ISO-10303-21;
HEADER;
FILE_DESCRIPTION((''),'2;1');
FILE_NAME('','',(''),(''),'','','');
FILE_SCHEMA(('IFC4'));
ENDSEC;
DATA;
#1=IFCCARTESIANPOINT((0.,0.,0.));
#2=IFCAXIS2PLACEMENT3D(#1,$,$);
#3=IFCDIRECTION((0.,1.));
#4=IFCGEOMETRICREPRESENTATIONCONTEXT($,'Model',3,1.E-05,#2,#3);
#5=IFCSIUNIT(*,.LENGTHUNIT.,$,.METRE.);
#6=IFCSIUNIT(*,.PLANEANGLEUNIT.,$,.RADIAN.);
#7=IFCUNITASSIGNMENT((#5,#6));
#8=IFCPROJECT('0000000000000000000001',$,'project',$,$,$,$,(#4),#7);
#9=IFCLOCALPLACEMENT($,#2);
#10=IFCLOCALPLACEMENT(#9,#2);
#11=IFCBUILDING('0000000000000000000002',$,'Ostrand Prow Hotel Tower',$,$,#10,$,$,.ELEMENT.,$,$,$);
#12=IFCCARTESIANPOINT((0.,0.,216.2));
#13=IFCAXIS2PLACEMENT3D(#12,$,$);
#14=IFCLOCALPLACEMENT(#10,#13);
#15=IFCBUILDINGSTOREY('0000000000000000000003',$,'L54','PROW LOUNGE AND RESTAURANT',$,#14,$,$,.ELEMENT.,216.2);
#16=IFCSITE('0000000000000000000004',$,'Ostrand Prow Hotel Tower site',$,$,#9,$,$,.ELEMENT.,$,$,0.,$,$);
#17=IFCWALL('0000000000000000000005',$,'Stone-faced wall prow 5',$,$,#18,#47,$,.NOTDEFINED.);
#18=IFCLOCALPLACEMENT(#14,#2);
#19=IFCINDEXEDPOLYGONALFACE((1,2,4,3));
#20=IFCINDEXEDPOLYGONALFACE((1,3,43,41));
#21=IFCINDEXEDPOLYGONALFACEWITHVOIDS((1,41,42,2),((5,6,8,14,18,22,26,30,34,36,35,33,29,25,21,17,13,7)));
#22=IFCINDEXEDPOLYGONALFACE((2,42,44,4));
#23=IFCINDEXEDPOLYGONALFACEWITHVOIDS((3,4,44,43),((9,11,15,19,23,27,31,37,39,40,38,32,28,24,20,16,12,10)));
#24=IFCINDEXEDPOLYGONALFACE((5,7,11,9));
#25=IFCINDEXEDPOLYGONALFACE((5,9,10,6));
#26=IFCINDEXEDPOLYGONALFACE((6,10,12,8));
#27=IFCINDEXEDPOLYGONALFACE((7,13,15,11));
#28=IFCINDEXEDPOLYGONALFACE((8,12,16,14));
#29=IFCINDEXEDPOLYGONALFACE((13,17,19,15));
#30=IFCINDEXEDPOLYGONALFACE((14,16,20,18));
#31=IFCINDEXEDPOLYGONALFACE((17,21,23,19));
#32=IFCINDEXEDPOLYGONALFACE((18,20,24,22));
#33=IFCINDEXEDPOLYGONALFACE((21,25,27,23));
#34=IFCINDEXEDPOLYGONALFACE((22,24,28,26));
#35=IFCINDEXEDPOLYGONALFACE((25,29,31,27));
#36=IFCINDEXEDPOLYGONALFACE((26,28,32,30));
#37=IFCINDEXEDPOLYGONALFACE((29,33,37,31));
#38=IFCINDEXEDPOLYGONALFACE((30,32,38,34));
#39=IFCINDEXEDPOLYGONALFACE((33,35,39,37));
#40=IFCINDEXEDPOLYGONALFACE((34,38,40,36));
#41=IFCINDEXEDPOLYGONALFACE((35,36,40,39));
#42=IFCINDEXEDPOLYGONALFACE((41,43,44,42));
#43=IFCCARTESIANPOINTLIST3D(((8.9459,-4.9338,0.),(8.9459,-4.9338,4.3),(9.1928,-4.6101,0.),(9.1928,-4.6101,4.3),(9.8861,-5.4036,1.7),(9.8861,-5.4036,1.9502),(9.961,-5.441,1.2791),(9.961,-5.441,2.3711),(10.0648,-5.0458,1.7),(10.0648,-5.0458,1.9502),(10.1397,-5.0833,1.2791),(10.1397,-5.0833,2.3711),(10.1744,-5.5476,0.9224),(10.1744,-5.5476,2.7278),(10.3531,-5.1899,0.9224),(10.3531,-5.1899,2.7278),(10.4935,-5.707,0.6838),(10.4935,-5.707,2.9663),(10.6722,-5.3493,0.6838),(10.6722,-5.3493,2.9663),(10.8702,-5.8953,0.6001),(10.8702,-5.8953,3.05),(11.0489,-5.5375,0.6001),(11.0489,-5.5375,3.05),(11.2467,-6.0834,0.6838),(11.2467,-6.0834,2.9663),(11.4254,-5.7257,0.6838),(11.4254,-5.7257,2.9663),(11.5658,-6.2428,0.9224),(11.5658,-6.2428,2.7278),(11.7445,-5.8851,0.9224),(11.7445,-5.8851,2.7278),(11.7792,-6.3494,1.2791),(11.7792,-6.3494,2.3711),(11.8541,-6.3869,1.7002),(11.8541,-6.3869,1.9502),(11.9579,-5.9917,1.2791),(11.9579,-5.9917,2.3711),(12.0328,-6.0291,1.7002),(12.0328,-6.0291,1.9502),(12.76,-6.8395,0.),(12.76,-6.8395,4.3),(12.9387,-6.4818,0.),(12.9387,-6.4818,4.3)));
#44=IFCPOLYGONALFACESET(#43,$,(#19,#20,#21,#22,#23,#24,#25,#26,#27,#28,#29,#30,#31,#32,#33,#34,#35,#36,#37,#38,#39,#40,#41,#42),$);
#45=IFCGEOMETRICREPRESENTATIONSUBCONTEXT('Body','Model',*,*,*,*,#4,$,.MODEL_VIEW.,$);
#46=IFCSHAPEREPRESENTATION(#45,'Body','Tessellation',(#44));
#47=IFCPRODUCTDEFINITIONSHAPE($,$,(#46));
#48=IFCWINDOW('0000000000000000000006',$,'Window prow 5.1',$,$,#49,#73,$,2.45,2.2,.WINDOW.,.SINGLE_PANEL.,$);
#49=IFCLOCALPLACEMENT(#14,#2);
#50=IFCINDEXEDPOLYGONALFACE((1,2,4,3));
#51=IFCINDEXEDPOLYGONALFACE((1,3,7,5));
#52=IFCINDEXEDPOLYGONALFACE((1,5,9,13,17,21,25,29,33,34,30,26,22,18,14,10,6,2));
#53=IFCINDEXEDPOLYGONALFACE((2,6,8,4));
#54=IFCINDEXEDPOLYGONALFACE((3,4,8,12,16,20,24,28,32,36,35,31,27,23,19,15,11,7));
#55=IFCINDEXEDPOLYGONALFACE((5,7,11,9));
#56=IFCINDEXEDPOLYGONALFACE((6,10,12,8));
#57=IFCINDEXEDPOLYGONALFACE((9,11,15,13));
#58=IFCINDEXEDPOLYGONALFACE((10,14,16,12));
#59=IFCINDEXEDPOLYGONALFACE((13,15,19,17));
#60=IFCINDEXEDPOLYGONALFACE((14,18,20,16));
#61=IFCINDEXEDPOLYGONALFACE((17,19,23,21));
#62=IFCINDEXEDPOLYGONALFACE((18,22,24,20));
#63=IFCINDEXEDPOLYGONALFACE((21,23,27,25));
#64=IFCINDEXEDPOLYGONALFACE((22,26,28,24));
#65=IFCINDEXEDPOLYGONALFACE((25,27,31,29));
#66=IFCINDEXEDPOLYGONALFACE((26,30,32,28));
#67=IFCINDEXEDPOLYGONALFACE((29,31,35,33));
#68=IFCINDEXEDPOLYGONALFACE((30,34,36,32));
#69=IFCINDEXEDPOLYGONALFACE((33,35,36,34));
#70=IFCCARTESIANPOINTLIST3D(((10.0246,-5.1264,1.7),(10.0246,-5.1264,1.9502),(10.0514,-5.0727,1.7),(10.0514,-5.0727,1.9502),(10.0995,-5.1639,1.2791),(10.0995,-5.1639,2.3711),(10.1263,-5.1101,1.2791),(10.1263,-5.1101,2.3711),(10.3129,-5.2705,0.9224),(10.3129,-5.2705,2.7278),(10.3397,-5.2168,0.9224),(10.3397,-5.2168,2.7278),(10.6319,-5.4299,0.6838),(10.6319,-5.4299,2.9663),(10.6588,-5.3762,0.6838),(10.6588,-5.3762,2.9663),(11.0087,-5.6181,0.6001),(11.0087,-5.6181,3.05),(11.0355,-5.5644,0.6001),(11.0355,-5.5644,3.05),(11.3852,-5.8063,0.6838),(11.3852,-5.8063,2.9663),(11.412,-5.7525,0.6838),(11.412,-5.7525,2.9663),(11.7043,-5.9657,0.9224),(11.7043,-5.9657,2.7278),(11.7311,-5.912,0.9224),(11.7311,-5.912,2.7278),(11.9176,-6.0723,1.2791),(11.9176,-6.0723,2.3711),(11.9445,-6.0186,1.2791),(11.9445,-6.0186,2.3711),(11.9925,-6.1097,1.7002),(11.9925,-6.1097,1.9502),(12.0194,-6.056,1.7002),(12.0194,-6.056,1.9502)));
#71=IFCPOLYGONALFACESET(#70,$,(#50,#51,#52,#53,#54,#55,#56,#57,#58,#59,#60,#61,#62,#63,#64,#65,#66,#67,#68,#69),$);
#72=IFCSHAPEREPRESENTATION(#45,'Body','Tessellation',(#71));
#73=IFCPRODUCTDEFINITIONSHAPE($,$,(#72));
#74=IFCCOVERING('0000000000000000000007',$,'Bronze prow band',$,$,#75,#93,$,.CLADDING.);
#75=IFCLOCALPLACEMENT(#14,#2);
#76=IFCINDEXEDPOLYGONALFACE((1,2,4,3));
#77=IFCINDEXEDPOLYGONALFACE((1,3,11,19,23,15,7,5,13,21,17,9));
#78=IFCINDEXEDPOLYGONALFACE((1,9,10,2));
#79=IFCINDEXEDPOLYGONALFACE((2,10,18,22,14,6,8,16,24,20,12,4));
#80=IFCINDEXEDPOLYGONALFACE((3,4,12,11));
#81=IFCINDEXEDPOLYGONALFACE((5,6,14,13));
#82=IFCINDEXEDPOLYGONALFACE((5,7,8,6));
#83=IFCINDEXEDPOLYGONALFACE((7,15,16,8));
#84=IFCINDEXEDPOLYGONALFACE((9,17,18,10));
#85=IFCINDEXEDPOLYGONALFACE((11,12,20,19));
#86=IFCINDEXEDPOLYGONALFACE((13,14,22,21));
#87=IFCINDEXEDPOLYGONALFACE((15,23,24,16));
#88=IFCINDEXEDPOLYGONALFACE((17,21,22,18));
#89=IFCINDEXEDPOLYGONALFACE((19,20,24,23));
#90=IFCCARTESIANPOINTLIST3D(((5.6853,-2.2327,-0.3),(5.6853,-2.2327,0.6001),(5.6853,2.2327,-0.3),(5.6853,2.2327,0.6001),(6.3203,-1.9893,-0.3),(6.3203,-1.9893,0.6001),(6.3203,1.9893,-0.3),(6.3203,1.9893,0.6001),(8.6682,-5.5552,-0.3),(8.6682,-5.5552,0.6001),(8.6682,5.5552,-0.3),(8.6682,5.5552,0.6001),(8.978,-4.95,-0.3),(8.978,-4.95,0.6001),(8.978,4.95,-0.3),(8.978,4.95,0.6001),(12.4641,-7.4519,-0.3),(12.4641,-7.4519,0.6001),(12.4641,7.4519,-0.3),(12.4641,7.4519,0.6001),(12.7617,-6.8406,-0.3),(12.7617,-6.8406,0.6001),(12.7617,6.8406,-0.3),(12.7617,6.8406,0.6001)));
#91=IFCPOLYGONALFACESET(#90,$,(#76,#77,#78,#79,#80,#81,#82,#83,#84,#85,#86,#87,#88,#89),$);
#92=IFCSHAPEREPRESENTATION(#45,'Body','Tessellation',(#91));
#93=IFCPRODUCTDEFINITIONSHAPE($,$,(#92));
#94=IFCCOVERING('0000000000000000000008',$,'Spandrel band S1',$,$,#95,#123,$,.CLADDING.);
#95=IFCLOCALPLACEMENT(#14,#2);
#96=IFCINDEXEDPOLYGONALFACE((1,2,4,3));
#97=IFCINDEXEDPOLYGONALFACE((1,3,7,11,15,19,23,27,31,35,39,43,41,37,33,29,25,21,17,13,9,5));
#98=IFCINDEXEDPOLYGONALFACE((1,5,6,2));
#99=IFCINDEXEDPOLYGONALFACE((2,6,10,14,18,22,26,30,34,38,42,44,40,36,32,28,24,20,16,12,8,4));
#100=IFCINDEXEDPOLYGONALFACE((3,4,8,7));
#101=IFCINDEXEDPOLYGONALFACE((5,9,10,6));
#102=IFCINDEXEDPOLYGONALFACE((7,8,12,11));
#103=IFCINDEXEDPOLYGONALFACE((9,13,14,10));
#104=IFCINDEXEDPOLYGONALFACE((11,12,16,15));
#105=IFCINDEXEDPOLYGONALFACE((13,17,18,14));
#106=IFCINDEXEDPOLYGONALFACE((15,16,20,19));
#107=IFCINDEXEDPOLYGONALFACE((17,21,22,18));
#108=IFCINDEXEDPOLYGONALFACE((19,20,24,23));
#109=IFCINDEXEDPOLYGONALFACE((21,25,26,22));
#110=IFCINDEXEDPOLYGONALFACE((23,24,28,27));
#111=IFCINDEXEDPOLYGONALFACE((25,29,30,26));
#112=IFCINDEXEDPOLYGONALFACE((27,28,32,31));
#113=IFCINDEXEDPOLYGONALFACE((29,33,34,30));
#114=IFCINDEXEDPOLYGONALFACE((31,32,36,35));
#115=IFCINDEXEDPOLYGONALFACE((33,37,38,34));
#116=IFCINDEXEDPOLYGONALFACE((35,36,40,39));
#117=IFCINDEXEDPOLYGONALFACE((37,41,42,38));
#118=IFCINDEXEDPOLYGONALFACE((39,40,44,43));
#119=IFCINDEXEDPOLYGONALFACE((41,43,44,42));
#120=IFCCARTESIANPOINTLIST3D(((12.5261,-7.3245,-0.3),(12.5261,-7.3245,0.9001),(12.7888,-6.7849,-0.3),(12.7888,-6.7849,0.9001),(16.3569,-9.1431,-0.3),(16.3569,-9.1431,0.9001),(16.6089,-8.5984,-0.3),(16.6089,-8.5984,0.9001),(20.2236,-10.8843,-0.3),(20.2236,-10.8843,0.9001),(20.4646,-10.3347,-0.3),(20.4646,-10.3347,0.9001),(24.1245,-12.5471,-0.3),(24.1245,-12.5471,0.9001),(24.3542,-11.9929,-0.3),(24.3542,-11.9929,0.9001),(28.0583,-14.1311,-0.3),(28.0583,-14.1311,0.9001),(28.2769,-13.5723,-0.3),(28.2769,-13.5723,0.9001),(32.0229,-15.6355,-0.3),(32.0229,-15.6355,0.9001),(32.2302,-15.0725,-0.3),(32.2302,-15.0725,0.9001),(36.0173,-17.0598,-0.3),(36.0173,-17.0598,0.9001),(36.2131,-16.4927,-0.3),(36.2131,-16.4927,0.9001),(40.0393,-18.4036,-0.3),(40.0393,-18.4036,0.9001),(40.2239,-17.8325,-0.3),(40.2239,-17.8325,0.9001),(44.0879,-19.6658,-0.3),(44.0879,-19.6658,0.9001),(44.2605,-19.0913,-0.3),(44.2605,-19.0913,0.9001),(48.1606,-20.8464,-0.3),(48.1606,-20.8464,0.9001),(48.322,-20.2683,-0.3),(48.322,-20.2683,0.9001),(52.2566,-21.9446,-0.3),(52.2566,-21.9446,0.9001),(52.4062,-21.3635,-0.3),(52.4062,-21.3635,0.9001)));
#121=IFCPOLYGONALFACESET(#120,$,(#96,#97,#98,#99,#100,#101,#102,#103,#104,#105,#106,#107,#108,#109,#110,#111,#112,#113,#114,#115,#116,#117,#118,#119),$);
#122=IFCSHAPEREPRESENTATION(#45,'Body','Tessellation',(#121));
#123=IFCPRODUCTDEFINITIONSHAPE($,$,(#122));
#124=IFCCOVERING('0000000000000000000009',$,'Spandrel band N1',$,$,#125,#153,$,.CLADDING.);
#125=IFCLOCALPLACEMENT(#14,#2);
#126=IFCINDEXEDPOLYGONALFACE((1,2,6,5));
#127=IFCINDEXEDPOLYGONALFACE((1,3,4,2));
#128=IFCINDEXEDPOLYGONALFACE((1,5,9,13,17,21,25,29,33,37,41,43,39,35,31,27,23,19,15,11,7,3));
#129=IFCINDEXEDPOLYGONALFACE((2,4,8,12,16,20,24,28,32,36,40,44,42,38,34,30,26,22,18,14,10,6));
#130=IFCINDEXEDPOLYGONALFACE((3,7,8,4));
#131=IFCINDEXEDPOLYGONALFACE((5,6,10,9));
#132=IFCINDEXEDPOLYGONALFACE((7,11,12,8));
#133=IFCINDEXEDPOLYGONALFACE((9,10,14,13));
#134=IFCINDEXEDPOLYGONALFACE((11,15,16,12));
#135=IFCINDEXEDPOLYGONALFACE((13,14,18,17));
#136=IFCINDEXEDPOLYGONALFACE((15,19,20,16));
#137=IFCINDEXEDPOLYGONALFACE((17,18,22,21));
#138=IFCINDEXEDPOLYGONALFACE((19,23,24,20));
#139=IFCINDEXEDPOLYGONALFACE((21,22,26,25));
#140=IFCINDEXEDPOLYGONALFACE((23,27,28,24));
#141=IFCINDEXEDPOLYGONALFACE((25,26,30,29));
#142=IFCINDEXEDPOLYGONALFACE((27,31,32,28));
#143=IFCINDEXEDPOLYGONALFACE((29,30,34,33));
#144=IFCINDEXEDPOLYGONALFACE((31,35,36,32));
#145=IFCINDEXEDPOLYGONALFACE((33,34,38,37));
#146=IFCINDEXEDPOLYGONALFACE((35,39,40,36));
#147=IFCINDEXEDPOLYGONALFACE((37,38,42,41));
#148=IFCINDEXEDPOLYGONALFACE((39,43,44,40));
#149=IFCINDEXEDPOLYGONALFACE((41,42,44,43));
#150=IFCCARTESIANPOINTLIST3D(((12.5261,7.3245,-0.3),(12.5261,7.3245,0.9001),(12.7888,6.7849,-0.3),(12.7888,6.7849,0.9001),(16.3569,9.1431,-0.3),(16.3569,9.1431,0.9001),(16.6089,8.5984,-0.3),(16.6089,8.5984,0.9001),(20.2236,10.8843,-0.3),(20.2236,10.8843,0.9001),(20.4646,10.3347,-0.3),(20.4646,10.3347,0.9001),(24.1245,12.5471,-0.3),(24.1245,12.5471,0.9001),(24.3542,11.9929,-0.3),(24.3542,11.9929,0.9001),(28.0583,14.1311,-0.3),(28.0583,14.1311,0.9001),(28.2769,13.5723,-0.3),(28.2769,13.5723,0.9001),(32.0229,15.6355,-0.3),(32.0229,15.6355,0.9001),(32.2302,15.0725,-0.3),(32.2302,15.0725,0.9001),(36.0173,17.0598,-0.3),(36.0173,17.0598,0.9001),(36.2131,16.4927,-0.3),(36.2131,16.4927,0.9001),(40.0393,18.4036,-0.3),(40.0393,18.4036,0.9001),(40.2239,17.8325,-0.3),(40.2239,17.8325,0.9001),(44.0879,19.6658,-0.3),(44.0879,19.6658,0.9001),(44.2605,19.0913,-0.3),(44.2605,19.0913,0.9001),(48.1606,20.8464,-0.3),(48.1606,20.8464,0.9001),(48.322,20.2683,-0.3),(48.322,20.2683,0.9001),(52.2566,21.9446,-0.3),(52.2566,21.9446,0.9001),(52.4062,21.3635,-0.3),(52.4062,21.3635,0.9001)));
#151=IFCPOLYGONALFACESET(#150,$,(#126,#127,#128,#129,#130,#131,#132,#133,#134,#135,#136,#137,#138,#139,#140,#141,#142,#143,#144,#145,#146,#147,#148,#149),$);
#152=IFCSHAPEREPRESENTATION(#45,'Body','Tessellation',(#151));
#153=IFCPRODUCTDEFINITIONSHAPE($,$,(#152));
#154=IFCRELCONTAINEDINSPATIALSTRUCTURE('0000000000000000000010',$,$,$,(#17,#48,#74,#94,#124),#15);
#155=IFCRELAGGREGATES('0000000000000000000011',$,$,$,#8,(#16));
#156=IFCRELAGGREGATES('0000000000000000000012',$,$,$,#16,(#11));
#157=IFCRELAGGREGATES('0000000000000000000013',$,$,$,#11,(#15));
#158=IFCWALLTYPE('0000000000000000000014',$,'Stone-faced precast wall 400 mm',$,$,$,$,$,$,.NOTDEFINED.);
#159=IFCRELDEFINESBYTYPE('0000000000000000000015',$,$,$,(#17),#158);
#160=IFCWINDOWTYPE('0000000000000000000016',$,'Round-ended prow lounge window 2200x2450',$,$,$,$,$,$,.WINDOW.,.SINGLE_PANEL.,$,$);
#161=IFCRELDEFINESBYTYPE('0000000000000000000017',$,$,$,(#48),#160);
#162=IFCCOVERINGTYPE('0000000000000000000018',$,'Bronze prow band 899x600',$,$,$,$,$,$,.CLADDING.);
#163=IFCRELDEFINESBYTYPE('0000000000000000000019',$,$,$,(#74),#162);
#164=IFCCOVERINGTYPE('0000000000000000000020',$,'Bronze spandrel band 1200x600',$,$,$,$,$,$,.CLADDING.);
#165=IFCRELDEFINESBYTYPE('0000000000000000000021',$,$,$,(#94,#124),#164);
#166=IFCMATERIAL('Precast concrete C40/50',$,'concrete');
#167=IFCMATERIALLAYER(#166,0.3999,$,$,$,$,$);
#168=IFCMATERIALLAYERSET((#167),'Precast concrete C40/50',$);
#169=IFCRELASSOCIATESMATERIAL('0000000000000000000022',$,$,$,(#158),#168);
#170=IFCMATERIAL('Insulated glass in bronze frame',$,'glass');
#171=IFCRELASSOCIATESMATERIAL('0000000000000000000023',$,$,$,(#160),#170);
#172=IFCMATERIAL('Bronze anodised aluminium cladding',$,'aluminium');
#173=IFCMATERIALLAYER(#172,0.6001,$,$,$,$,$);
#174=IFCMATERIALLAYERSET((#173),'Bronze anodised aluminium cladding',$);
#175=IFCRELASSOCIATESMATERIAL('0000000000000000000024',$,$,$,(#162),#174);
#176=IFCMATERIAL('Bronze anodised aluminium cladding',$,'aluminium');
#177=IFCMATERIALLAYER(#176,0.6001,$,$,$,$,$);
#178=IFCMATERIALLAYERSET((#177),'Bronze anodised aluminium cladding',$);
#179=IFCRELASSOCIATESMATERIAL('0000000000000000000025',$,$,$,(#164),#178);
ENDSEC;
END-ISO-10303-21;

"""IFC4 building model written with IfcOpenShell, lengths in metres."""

from ifc_helpers import new_model, si_unit, direction, frame, origin, place, context, subcontext, project, spatial, polyline, outline, extrude, material, layer, layer_set, type_object, element, fill, save


model = new_model("IFC4")

# Units and contexts
model_context = context("Model", 3, precision=1e-05, world=origin(), true_north=direction((0.0, 1.0)))
body_context = subcontext(model_context, "Body", "Model", "MODEL_VIEW")
ifc_project = project(units=[si_unit("LENGTHUNIT", "METRE"), si_unit("PLANEANGLEUNIT", "RADIAN")], contexts=[model_context])

# Site, building, storey
site_placement = place(None, origin())
site = spatial("IfcSite", under=ifc_project, at=site_placement, Name="Ostrand Prow Hotel Tower site", CompositionType="ELEMENT", RefElevation=0.0)
building_placement = place(site_placement, origin())
building = spatial("IfcBuilding", under=site, at=building_placement, Name="Ostrand Prow Hotel Tower", CompositionType="ELEMENT")
storey_placement = place(building_placement, frame((0.0, 0.0, 216.2)))
storey = spatial("IfcBuildingStorey", under=building, at=storey_placement, Name="L54", Description="PROW LOUNGE AND RESTAURANT", CompositionType="ELEMENT", Elevation=216.2)

# Wall, opening, window
ifc_material_1 = material(Name="Precast concrete C40/50", Category="concrete")
ifc_layer_1 = layer(ifc_material_1, 0.3999)
ifc_layer_set_1 = layer_set([ifc_layer_1], Name="Precast concrete C40/50")
wall_type = type_object("IfcWallType", Name="Stone-faced precast wall 400 mm", PredefinedType="NOTDEFINED", material=ifc_layer_set_1)
ifc_material_2 = material(Name="Insulated glass in bronze frame", Category="glass")
window_type = type_object("IfcWindowType", Name="Round-ended prow lounge window 2200x2450", PartitioningType="SINGLE_PANEL", PredefinedType="WINDOW", material=ifc_material_2)
wall_1_placement = place(storey_placement, frame((9.0693, -4.772, 0.0), z_axis=(0.0, 0.0, 1.0), x_axis=(0.894554, -0.446959, 0.0)))
wall_1 = element("IfcWall", 1, at=wall_1_placement, inside=storey, type_object=wall_type, Name="Stone-faced wall prow 5", PredefinedType="NOTDEFINED", context=body_context, shape_type="SweptSolid", body=[
    extrude(outline(polyline([(-0.0381, -0.2), (4.2256, -0.2), (4.2256, 0.2), (0.0381, 0.2), (-0.0381, -0.2)])), origin(), (0.0, 0.0, 1.0), 4.3),
])
opening_1_placement = place(wall_1_placement, frame((1.0129, 0.0, 0.6001)))
opening_1 = element("IfcOpeningElement", 2, at=opening_1_placement, cuts=wall_1, PredefinedType="OPENING", context=body_context, shape_type="SweptSolid", body=[
    extrude(outline(polyline([(0.0, 1.3501), (0.0837, 1.771), (0.3223, 2.1277), (0.679, 2.3662), (1.1001, 2.45), (1.521, 2.3662), (1.8777, 2.1277), (2.1162, 1.771), (2.2, 1.3501), (2.2, 1.1001), (2.1162, 0.679), (1.8777, 0.3223), (1.521, 0.0837), (1.1001, 0.0), (0.679, 0.0837), (0.3223, 0.3223), (0.0837, 0.679), (0.0, 1.0999), (0.0, 1.3501)])), frame((0.0, 0.21, 0.0), z_axis=(0.0, -1.0, 0.0), x_axis=(1.0, 0.0, 0.0)), (0.0, 0.0, 1.0), 0.4199),
])
window_1_placement = place(opening_1_placement, origin())
window_1 = element("IfcWindow", 3, at=window_1_placement, inside=storey, type_object=window_type, Name="Window prow 5.1", OverallHeight=2.45, OverallWidth=2.2, PartitioningType="SINGLE_PANEL", PredefinedType="WINDOW", context=body_context, shape_type="SweptSolid", body=[
    extrude(outline(polyline([(0.0, 1.3501), (0.0837, 1.771), (0.3223, 2.1277), (0.679, 2.3662), (1.1001, 2.45), (1.521, 2.3662), (1.8777, 2.1277), (2.1162, 1.771), (2.2, 1.3501), (2.2, 1.1001), (2.1162, 0.679), (1.8777, 0.3223), (1.521, 0.0837), (1.1001, 0.0), (0.679, 0.0837), (0.3223, 0.3223), (0.0837, 0.679), (0.0, 1.0999), (0.0, 1.3501)])), frame((0.0, 0.1699, 0.0), z_axis=(0.0, -1.0, 0.0), x_axis=(1.0, 0.0, 0.0)), (0.0, 0.0, 1.0), 0.0601),
])
fill(opening_1, window_1)

# Coverings
ifc_material_3 = material(Name="Bronze anodised aluminium cladding", Category="aluminium")
ifc_layer_2 = layer(ifc_material_3, 0.6001)
ifc_layer_set_2 = layer_set([ifc_layer_2], Name="Bronze anodised aluminium cladding")
covering_type_1 = type_object("IfcCoveringType", Name="Bronze prow band 899x600", PredefinedType="CLADDING", material=ifc_layer_set_2)
covering_1_placement = place(storey_placement, frame((0.0, 0.0, -0.3)))
element("IfcCovering", 4, at=covering_1_placement, inside=storey, type_object=covering_type_1, Name="Bronze prow band", PredefinedType="CLADDING", context=body_context, shape_type="SweptSolid", body=[
    extrude(outline(polyline([(12.4641, 7.4519), (8.6682, 5.5552), (5.6853, 2.2327), (5.6853, -2.2327), (8.6682, -5.5552), (12.4641, -7.4519), (12.7617, -6.8406), (8.978, -4.95), (6.3203, -1.9893), (6.3203, 1.9893), (8.978, 4.95), (12.7617, 6.8406), (12.4641, 7.4519)])), origin(), (0.0, 0.0, 1.0), 0.9001),
])
ifc_material_4 = material(Name="Bronze anodised aluminium cladding", Category="aluminium")
ifc_layer_3 = layer(ifc_material_4, 0.6001)
ifc_layer_set_3 = layer_set([ifc_layer_3], Name="Bronze anodised aluminium cladding")
covering_type_2 = type_object("IfcCoveringType", Name="Bronze spandrel band 1200x600", PredefinedType="CLADDING", material=ifc_layer_set_3)
covering_2_placement = place(storey_placement, frame((0.0, 0.0, -0.3)))
element("IfcCovering", 5, at=covering_2_placement, inside=storey, type_object=covering_type_2, Name="Spandrel band S1", PredefinedType="CLADDING", context=body_context, shape_type="SweptSolid", body=[
    extrude(outline(polyline([(12.5261, -7.3245), (16.3569, -9.1431), (20.2236, -10.8843), (24.1245, -12.5471), (28.0583, -14.1311), (32.0229, -15.6355), (36.0173, -17.0598), (40.0393, -18.4036), (44.0879, -19.6658), (48.1606, -20.8464), (52.2566, -21.9446), (52.4062, -21.3635), (48.322, -20.2683), (44.2605, -19.0913), (40.2239, -17.8325), (36.2131, -16.4927), (32.2302, -15.0725), (28.2769, -13.5723), (24.3542, -11.9929), (20.4646, -10.3347), (16.6089, -8.5984), (12.7888, -6.7849), (12.5261, -7.3245)])), origin(), (0.0, 0.0, 1.0), 1.2002),
])
covering_3_placement = place(storey_placement, frame((0.0, 0.0, -0.3)))
element("IfcCovering", 6, at=covering_3_placement, inside=storey, type_object=covering_type_2, Name="Spandrel band N1", PredefinedType="CLADDING", context=body_context, shape_type="SweptSolid", body=[
    extrude(outline(polyline([(52.2566, 21.9446), (48.1606, 20.8464), (44.0879, 19.6658), (40.0393, 18.4036), (36.0173, 17.0598), (32.0229, 15.6355), (28.0583, 14.1311), (24.1245, 12.5471), (20.2236, 10.8843), (16.3569, 9.1431), (12.5261, 7.3245), (12.7888, 6.7849), (16.6089, 8.5984), (20.4646, 10.3347), (24.3542, 11.9929), (28.2769, 13.5723), (32.2302, 15.0725), (36.2131, 16.4927), (40.2239, 17.8325), (44.2605, 19.0913), (48.322, 20.2683), (52.4062, 21.3635), (52.2566, 21.9446)])), origin(), (0.0, 0.0, 1.0), 1.2002),
])

save(model, "model.ifc")
